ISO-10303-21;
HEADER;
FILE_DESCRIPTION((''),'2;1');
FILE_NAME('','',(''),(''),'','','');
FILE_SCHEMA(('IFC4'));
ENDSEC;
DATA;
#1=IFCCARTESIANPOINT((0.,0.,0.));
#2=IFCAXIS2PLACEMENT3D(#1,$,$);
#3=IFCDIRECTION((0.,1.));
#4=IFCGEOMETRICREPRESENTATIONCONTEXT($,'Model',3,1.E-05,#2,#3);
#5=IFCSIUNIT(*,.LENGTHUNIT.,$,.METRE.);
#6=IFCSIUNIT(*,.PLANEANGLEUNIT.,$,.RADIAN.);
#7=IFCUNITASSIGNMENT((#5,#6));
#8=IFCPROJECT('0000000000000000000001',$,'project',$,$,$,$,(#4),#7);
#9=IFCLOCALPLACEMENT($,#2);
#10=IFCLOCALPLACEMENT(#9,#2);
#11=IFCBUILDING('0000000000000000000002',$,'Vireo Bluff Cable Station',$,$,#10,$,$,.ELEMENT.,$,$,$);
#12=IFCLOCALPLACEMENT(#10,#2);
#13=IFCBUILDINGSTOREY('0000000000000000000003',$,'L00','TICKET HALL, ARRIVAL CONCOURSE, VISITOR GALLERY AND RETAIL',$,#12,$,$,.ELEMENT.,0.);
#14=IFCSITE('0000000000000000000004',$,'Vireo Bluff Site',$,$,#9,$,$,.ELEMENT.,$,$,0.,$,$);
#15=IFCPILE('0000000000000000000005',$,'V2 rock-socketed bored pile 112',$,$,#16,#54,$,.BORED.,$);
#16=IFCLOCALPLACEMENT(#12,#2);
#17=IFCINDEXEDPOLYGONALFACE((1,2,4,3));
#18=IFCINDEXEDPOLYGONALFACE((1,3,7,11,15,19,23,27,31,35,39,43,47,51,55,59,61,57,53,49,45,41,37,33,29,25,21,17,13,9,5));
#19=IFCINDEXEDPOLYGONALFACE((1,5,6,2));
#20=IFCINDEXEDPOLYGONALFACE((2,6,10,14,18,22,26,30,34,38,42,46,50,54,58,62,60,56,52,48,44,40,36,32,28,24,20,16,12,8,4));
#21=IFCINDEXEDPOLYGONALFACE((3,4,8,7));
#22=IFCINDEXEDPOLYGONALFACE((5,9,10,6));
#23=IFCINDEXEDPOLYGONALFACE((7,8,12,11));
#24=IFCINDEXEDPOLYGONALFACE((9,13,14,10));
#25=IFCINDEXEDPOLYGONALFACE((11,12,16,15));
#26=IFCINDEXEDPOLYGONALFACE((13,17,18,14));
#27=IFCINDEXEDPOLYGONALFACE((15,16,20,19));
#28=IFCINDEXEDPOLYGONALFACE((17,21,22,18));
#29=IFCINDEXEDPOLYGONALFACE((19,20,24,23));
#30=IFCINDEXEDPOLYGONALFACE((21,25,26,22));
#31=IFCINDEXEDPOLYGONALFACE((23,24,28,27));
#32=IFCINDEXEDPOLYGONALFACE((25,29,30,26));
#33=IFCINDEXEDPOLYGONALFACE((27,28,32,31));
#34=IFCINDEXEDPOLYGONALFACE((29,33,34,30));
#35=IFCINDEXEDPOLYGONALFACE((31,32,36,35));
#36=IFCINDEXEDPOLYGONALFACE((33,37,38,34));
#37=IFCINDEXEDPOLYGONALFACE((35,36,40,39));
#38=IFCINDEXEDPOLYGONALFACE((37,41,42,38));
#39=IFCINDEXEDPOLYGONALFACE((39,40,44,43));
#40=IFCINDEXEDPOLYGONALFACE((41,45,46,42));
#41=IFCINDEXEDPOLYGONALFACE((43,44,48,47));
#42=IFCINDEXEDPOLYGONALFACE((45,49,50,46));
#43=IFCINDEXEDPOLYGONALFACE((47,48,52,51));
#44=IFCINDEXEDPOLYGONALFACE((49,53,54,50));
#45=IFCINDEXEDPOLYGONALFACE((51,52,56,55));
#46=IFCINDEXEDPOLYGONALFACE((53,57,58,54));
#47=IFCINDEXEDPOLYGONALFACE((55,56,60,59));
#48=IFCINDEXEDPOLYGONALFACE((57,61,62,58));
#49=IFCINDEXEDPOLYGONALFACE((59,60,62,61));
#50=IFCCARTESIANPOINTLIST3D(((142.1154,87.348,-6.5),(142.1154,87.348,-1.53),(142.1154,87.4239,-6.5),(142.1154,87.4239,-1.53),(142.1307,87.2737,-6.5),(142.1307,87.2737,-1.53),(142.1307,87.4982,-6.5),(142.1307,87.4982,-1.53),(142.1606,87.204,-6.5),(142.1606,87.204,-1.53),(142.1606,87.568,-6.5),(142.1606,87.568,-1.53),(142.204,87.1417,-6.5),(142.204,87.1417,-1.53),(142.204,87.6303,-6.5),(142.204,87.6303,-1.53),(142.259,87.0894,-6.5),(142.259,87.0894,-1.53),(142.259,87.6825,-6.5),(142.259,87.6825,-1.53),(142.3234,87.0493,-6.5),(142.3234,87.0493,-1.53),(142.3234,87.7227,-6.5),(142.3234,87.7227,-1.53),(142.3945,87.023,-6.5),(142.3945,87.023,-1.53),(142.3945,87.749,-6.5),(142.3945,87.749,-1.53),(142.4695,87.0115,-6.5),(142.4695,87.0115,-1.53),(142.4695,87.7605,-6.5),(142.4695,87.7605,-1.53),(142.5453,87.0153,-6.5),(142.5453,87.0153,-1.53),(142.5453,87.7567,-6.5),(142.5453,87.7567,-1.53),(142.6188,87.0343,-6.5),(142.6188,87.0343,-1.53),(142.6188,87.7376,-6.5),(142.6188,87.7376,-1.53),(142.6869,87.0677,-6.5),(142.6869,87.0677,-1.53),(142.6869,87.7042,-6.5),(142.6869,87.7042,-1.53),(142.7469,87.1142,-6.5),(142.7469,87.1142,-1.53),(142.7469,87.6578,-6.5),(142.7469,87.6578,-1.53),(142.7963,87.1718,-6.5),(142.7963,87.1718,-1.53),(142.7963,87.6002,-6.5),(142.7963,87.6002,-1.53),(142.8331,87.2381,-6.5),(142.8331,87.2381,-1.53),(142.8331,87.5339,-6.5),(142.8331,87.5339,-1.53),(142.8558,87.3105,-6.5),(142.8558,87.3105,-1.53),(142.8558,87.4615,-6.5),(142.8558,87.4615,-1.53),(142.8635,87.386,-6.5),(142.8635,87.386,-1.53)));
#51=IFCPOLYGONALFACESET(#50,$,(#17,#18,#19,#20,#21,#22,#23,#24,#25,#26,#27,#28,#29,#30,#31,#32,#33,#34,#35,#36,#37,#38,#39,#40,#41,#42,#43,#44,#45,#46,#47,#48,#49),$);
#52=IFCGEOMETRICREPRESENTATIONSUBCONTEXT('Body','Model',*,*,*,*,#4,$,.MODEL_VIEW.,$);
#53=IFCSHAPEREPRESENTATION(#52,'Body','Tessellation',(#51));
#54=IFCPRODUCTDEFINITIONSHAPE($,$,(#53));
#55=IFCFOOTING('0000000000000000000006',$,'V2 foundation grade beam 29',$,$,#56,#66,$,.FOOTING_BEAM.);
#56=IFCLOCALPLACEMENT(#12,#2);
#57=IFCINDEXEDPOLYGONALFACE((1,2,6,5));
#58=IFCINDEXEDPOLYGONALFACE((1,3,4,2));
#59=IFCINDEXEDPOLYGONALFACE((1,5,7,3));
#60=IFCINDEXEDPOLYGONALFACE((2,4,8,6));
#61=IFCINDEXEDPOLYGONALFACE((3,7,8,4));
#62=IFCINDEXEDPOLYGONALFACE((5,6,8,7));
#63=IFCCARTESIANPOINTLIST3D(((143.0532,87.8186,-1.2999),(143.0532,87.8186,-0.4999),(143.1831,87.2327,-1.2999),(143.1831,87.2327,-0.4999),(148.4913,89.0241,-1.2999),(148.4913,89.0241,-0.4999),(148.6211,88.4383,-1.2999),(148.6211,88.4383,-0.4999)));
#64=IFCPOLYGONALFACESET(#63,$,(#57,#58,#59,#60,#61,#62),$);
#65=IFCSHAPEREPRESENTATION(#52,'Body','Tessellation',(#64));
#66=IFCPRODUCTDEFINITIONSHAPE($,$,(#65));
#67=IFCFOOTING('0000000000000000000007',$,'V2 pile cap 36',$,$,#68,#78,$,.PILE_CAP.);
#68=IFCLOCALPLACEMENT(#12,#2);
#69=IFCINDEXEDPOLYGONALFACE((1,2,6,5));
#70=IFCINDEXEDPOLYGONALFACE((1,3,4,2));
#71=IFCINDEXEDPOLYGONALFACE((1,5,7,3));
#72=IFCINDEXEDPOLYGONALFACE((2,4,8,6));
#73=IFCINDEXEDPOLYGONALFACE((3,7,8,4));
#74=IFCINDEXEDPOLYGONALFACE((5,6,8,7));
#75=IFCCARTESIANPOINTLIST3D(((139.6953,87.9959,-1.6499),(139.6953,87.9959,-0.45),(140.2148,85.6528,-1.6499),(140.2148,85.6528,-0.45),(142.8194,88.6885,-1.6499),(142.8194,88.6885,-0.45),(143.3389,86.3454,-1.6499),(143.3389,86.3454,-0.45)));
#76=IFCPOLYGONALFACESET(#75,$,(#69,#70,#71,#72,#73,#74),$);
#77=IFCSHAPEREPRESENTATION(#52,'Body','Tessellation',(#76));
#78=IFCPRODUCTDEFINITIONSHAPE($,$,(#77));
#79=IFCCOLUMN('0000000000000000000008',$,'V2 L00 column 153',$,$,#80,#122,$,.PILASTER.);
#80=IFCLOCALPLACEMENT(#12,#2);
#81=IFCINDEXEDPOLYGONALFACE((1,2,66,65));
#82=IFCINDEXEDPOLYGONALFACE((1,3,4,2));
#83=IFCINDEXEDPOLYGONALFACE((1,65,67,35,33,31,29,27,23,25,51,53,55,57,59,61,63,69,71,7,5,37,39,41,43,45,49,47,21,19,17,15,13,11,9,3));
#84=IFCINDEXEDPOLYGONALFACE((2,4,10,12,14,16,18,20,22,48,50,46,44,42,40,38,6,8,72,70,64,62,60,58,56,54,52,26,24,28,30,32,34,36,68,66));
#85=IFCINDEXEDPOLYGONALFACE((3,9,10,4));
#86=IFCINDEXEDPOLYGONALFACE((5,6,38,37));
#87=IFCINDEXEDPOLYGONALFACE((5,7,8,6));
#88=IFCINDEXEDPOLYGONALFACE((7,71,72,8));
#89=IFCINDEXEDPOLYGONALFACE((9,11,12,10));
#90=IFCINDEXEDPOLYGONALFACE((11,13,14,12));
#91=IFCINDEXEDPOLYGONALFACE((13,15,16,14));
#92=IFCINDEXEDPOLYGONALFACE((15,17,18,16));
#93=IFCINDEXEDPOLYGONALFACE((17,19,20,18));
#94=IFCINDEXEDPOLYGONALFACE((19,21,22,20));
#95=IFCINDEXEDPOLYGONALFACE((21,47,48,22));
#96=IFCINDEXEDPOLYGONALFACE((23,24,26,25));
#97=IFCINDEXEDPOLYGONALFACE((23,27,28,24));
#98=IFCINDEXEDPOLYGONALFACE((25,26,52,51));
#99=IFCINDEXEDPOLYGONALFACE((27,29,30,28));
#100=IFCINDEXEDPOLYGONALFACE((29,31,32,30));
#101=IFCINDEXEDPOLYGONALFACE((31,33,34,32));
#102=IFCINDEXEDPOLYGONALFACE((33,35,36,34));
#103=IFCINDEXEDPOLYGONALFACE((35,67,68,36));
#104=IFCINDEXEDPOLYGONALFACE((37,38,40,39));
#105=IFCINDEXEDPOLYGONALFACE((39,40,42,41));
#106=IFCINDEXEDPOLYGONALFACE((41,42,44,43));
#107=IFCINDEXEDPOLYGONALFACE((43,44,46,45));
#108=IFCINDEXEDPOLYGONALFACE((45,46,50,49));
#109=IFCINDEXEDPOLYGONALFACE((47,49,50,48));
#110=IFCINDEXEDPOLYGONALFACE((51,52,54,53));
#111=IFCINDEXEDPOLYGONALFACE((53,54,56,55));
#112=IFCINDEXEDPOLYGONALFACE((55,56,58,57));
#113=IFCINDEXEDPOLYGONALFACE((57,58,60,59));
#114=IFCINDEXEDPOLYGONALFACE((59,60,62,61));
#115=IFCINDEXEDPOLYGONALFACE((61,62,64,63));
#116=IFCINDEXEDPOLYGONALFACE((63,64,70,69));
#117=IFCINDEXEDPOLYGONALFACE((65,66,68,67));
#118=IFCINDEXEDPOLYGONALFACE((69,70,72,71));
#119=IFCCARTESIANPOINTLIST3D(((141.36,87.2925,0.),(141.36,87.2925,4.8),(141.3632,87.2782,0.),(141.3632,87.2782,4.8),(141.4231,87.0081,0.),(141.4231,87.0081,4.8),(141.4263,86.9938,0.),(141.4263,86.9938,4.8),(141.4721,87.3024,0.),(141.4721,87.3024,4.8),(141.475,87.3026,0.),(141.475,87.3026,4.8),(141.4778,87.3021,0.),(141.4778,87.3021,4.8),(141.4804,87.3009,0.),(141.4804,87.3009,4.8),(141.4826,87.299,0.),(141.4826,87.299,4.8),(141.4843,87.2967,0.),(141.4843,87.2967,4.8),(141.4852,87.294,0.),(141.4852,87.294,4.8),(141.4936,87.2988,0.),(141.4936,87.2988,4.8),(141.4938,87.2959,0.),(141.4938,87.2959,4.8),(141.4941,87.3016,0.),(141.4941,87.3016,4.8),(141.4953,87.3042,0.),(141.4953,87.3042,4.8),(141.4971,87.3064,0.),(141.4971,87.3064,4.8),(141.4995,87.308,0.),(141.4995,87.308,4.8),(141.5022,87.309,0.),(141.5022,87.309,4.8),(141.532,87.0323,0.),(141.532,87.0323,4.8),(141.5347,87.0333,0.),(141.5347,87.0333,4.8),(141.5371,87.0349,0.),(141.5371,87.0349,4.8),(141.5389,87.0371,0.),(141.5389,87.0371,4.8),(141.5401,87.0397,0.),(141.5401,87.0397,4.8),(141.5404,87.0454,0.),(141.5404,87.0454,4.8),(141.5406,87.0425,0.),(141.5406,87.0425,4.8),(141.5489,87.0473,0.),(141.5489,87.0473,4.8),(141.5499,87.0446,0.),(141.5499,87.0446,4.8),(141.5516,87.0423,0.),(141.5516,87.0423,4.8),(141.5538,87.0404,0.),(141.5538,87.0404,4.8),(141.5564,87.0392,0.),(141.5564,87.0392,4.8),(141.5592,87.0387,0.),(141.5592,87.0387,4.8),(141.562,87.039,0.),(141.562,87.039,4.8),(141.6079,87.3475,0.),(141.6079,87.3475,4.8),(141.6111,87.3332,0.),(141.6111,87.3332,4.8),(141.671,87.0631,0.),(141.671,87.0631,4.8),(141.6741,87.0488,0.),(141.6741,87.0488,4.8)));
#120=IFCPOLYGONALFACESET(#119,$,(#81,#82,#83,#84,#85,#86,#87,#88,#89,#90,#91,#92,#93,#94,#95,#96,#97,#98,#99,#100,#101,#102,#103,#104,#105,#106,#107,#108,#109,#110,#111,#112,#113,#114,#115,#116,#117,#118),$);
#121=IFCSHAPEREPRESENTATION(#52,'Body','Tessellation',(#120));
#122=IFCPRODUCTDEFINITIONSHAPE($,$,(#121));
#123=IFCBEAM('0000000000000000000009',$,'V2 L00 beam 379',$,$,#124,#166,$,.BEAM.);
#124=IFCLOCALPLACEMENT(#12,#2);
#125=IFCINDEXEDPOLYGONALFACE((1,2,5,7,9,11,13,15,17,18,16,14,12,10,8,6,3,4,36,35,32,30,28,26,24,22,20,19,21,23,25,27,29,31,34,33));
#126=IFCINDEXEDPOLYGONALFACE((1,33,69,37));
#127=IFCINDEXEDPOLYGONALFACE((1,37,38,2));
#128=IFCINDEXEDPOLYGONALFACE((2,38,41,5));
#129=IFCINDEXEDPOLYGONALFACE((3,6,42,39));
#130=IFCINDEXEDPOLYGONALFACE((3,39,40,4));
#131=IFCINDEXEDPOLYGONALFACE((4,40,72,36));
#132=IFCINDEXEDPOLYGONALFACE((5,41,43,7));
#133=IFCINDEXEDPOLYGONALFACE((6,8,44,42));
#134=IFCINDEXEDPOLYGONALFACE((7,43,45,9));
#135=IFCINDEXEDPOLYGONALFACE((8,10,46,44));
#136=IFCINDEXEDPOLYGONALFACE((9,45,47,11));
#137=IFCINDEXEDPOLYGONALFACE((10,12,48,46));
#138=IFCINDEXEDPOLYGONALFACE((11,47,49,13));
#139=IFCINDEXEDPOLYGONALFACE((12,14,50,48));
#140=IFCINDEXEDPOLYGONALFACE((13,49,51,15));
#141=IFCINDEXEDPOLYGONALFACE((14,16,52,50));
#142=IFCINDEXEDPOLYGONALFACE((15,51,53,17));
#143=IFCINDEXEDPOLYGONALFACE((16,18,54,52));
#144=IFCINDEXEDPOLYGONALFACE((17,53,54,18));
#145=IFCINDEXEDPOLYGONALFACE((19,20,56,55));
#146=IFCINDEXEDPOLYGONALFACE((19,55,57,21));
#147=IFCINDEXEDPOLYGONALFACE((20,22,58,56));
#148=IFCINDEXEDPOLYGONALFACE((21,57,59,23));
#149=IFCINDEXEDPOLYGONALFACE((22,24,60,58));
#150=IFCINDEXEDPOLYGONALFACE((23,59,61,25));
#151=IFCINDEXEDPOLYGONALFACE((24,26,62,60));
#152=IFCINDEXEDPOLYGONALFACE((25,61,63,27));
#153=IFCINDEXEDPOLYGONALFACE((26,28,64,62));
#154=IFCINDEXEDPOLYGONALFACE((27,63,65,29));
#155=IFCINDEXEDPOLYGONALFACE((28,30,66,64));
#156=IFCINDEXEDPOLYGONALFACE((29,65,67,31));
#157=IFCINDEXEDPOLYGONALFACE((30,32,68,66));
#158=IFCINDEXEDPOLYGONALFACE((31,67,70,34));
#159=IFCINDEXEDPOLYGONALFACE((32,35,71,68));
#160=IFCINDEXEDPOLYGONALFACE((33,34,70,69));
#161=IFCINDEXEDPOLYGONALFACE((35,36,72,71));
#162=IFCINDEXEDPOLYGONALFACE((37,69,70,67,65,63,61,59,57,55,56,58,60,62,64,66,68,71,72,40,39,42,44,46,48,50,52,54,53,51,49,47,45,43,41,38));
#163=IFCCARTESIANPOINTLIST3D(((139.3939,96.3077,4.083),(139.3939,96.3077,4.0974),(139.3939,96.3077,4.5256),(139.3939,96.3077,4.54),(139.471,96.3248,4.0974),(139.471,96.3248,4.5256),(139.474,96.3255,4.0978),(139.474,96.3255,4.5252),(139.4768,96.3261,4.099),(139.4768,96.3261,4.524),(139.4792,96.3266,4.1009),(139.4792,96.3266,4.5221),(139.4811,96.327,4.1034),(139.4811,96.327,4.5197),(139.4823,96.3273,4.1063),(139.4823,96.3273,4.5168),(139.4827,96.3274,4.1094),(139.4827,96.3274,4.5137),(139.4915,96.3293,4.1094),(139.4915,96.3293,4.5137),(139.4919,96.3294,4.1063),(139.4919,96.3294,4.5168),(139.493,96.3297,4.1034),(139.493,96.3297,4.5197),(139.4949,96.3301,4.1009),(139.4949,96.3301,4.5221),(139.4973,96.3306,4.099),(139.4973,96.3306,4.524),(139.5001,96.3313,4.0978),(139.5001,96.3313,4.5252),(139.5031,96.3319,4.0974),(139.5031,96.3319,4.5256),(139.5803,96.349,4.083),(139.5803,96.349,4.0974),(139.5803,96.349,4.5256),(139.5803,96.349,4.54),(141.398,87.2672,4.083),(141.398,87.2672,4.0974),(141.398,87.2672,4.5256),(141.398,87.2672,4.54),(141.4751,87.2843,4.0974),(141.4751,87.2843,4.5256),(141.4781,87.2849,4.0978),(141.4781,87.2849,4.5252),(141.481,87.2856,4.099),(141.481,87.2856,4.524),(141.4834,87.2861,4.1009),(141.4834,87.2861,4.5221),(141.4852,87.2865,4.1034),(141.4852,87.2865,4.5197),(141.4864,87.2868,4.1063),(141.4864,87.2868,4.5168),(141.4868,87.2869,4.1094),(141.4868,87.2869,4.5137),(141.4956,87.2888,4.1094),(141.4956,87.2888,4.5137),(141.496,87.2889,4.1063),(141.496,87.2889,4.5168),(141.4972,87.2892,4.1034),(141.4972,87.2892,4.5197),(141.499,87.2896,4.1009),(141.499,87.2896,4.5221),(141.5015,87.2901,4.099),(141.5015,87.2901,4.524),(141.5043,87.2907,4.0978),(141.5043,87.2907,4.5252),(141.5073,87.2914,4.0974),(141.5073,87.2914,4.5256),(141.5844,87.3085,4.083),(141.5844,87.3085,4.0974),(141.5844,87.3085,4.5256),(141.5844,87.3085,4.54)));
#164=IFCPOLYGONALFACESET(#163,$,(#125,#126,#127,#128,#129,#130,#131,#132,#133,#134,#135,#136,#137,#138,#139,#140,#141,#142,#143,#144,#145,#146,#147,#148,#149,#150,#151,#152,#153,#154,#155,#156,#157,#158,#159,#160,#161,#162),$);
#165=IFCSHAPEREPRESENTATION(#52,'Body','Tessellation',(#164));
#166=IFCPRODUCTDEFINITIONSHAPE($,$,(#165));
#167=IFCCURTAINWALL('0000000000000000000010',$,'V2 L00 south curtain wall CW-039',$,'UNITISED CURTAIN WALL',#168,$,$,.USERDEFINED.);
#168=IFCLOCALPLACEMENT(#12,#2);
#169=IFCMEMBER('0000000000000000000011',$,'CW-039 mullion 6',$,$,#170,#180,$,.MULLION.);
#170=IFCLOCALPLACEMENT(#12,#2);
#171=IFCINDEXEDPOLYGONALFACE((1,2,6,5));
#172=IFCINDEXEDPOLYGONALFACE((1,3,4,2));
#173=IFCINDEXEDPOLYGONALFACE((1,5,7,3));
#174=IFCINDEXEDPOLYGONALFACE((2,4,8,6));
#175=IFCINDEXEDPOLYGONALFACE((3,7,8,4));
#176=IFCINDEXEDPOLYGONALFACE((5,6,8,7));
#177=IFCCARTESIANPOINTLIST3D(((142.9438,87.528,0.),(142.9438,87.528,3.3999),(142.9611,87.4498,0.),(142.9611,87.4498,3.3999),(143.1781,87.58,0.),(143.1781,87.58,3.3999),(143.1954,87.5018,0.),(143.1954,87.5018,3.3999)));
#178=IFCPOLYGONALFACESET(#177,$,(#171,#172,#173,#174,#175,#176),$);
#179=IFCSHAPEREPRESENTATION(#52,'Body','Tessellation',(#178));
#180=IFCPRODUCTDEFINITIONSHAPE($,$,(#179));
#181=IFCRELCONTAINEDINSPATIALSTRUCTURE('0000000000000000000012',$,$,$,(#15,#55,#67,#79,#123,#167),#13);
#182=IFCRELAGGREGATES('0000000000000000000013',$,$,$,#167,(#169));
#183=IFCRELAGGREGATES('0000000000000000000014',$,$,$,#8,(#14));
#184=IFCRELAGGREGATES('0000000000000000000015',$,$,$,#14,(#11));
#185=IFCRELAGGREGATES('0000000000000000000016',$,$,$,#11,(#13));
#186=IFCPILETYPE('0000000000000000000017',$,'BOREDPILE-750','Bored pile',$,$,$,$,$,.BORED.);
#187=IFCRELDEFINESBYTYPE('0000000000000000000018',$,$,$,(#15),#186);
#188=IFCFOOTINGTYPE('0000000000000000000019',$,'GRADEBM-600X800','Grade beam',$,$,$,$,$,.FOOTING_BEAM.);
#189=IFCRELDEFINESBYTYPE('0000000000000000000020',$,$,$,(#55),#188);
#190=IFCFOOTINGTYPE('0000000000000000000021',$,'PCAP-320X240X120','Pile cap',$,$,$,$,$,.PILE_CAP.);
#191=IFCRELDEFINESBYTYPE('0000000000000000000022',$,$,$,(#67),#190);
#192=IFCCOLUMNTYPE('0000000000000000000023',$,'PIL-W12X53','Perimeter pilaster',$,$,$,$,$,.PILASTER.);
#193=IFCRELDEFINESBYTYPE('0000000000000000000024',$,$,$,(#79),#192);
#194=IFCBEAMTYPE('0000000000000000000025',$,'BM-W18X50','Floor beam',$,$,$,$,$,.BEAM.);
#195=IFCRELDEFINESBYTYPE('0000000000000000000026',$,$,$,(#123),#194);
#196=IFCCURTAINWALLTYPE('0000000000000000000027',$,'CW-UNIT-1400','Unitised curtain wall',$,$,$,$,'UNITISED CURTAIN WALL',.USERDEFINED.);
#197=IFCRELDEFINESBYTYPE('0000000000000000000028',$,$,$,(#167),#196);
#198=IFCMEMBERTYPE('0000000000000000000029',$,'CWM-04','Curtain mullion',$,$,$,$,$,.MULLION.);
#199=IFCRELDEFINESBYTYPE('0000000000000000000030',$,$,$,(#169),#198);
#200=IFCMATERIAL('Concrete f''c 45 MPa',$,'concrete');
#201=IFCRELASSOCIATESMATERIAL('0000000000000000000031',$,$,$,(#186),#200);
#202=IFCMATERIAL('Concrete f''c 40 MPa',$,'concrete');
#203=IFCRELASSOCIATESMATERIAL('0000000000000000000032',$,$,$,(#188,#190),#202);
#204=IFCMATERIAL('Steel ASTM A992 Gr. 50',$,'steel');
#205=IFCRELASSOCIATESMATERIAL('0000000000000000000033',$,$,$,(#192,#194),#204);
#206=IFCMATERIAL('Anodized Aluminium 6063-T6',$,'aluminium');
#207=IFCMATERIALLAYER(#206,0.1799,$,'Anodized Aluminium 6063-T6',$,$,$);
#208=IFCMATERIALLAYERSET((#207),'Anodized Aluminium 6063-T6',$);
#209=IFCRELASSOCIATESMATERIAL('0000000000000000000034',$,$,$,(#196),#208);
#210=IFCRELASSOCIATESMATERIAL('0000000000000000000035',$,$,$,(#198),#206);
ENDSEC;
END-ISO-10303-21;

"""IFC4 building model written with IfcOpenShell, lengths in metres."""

from ifc_helpers import new_model, si_unit, direction, frame, origin, origin_2d, place, context, subcontext, project, spatial, rectangle, circle, i_section, extrude, material, layer, layer_set, material_profile, profile_set, type_object, element, aggregate, save


model = new_model("IFC4")

# Units and contexts
model_context = context("Model", 3, precision=1e-05, world=origin(), true_north=direction((0.0, 1.0)))
body_context = subcontext(model_context, "Body", "Model", "MODEL_VIEW")
ifc_project = project(units=[si_unit("LENGTHUNIT", "METRE"), si_unit("PLANEANGLEUNIT", "RADIAN")], contexts=[model_context])

# Site, building, storey
site_placement = place(None, origin())
site = spatial("IfcSite", under=ifc_project, at=site_placement, Name="Vireo Bluff Site", CompositionType="ELEMENT", RefElevation=0.0)
building_placement = place(site_placement, origin())
building = spatial("IfcBuilding", under=site, at=building_placement, Name="Vireo Bluff Cable Station", CompositionType="ELEMENT")
storey_placement = place(building_placement, origin())
storey = spatial("IfcBuildingStorey", under=building, at=storey_placement, Name="L00", Description="TICKET HALL, ARRIVAL CONCOURSE, VISITOR GALLERY AND RETAIL", CompositionType="ELEMENT", Elevation=0.0)

# Pile
ifc_material_1 = material(Name="Concrete f'c 45 MPa", Category="concrete")
ifc_material_profile_1 = material_profile(ifc_material_1, circle(Radius=0.375, at=origin_2d()), Name="BOREDPILE-750")
ifc_profile_set_1 = profile_set([ifc_material_profile_1], Name="Concrete f'c 45 MPa")
pile_type = type_object("IfcPileType", Name="BOREDPILE-750", Description="Bored pile", PredefinedType="BORED", material=ifc_profile_set_1)
pile_placement = place(storey_placement, frame((142.4885, 87.386, -1.53), z_axis=(0.0, 0.0, -1.0), x_axis=(1.0, 0.0, 0.0)))
element("IfcPile", 1, at=pile_placement, inside=storey, type_object=pile_type, Name="V2 rock-socketed bored pile 112", PredefinedType="BORED", context=body_context, shape_type="SweptSolid", body=[
    extrude(circle(Radius=0.375, at=origin_2d()), origin(), (0.0, 0.0, 1.0), 4.97),
])

# Footings
ifc_material_2 = material(Name="Concrete f'c 40 MPa", Category="concrete")
ifc_material_profile_2 = material_profile(ifc_material_2, rectangle(XDim=0.6001, YDim=0.8, at=origin_2d()), Name="GRADEBM-600X800")
ifc_profile_set_2 = profile_set([ifc_material_profile_2], Name="Concrete f'c 40 MPa")
footing_type_1 = type_object("IfcFootingType", Name="GRADEBM-600X800", Description="Grade beam", PredefinedType="FOOTING_BEAM", material=ifc_profile_set_2)
footing_1_placement = place(storey_placement, frame((143.1182, 87.5256, -0.8999), z_axis=(0.976296, 0.216438, 0.0), x_axis=(-0.216438, 0.976296, 0.0)))
element("IfcFooting", 2, at=footing_1_placement, inside=storey, type_object=footing_type_1, Name="V2 foundation grade beam 29", PredefinedType="FOOTING_BEAM", context=body_context, shape_type="SweptSolid", body=[
    extrude(rectangle(XDim=0.6001, YDim=0.8, at=origin_2d()), origin(), (0.0, 0.0, 1.0), 5.5701),
])
footing_type_2 = type_object("IfcFootingType", Name="PCAP-320X240X120", Description="Pile cap", PredefinedType="PILE_CAP", material=ifc_material_2)
footing_2_placement = place(storey_placement, frame((141.5171, 87.1707, -1.6499), z_axis=(0.0, 0.0, 1.0), x_axis=(0.976296, 0.21644, 0.0)))
element("IfcFooting", 3, at=footing_2_placement, inside=storey, type_object=footing_type_2, Name="V2 pile cap 36", PredefinedType="PILE_CAP", context=body_context, shape_type="SweptSolid", body=[
    extrude(rectangle(XDim=3.2, YDim=2.3999, at=origin_2d()), origin(), (0.0, 0.0, 1.0), 1.2),
])

# Column
ifc_material_3 = material(Name="Steel ASTM A992 Gr. 50", Category="steel")
ifc_material_profile_3 = material_profile(ifc_material_3, i_section(OverallWidth=0.2539, OverallDepth=0.3059, WebThickness=0.0088, FlangeThickness=0.0146, FilletRadius=0.011, at=origin_2d()), Name="W12X53")
ifc_profile_set_3 = profile_set([ifc_material_profile_3], Name="Steel ASTM A992 Gr. 50")
column_type = type_object("IfcColumnType", Name="PIL-W12X53", Description="Perimeter pilaster", PredefinedType="PILASTER", material=ifc_profile_set_3)
column_placement = place(storey_placement, frame((141.5171, 87.1707, 0.0), z_axis=(0.0, 0.0, 1.0), x_axis=(0.976296, 0.21644, 0.0)))
element("IfcColumn", 4, at=column_placement, inside=storey, type_object=column_type, Name="V2 L00 column 153", PredefinedType="PILASTER", context=body_context, shape_type="SweptSolid", body=[
    extrude(i_section(OverallWidth=0.2539, OverallDepth=0.3059, WebThickness=0.0088, FlangeThickness=0.0146, FilletRadius=0.011, at=origin_2d()), origin(), (0.0, 0.0, 1.0), 4.8),
])

# Beam
ifc_material_profile_4 = material_profile(ifc_material_3, i_section(OverallWidth=0.1909, OverallDepth=0.457, WebThickness=0.009, FlangeThickness=0.0144, FilletRadius=0.012, at=origin_2d()), Name="W18X50")
ifc_profile_set_4 = profile_set([ifc_material_profile_4], Name="Steel ASTM A992 Gr. 50")
beam_type_1 = type_object("IfcBeamType", Name="BM-W18X50", Description="Floor beam", PredefinedType="BEAM", material=ifc_profile_set_4)
beam_1_placement = place(storey_placement, frame((141.4912, 87.2878, 4.3115), z_axis=(-0.216431, 0.976298, 0.0), x_axis=(-0.976298, -0.216431, 0.0)))
element("IfcBeam", 5, at=beam_1_placement, inside=storey, type_object=beam_type_1, Name="V2 L00 beam 379", PredefinedType="BEAM", context=body_context, shape_type="SweptSolid", body=[
    extrude(i_section(OverallWidth=0.1909, OverallDepth=0.457, WebThickness=0.009, FlangeThickness=0.0144, FilletRadius=0.012, at=origin_2d()), origin(), (0.0, 0.0, 1.0), 9.26),
])

# Curtain wall, member
ifc_material_4 = material(Name="Anodized Aluminium 6063-T6", Category="aluminium")
ifc_layer_1 = layer(ifc_material_4, 0.1799, Name="Anodized Aluminium 6063-T6")
ifc_layer_set_1 = layer_set([ifc_layer_1], Name="Anodized Aluminium 6063-T6")
curtain_wall_type = type_object("IfcCurtainWallType", Name="CW-UNIT-1400", Description="Unitised curtain wall", ElementType="UNITISED CURTAIN WALL", PredefinedType="USERDEFINED", material=ifc_layer_set_1)
curtain_wall_placement = place(storey_placement, origin())
curtain_wall = element("IfcCurtainWall", 6, at=curtain_wall_placement, inside=storey, type_object=curtain_wall_type, Name="V2 L00 south curtain wall CW-039", ObjectType="UNITISED CURTAIN WALL", PredefinedType="USERDEFINED")
ifc_material_profile_5 = material_profile(ifc_material_4, rectangle(XDim=0.0801, YDim=0.24, at=origin_2d()), Name="ALU-M-80X240")
ifc_profile_set_5 = profile_set([ifc_material_profile_5], Name="Anodized Aluminium 6063-T6")
member_type_1 = type_object("IfcMemberType", Name="CWM-04", Description="Curtain mullion", PredefinedType="MULLION", material=ifc_profile_set_5)
member_1_placement = place(storey_placement, frame((143.0696, 87.5149, 0.0), z_axis=(0.0, 0.0, 1.0), x_axis=(0.21644, -0.976296, 0.0)))
member_1 = element("IfcMember", 7, at=member_1_placement, type_object=member_type_1, Name="CW-039 mullion 6", PredefinedType="MULLION", context=body_context, shape_type="SweptSolid", body=[
    extrude(rectangle(XDim=0.0801, YDim=0.24, at=origin_2d()), origin(), (0.0, 0.0, 1.0), 3.3999),
])

aggregate(curtain_wall, [member_1])

save(model, "model.ifc")
